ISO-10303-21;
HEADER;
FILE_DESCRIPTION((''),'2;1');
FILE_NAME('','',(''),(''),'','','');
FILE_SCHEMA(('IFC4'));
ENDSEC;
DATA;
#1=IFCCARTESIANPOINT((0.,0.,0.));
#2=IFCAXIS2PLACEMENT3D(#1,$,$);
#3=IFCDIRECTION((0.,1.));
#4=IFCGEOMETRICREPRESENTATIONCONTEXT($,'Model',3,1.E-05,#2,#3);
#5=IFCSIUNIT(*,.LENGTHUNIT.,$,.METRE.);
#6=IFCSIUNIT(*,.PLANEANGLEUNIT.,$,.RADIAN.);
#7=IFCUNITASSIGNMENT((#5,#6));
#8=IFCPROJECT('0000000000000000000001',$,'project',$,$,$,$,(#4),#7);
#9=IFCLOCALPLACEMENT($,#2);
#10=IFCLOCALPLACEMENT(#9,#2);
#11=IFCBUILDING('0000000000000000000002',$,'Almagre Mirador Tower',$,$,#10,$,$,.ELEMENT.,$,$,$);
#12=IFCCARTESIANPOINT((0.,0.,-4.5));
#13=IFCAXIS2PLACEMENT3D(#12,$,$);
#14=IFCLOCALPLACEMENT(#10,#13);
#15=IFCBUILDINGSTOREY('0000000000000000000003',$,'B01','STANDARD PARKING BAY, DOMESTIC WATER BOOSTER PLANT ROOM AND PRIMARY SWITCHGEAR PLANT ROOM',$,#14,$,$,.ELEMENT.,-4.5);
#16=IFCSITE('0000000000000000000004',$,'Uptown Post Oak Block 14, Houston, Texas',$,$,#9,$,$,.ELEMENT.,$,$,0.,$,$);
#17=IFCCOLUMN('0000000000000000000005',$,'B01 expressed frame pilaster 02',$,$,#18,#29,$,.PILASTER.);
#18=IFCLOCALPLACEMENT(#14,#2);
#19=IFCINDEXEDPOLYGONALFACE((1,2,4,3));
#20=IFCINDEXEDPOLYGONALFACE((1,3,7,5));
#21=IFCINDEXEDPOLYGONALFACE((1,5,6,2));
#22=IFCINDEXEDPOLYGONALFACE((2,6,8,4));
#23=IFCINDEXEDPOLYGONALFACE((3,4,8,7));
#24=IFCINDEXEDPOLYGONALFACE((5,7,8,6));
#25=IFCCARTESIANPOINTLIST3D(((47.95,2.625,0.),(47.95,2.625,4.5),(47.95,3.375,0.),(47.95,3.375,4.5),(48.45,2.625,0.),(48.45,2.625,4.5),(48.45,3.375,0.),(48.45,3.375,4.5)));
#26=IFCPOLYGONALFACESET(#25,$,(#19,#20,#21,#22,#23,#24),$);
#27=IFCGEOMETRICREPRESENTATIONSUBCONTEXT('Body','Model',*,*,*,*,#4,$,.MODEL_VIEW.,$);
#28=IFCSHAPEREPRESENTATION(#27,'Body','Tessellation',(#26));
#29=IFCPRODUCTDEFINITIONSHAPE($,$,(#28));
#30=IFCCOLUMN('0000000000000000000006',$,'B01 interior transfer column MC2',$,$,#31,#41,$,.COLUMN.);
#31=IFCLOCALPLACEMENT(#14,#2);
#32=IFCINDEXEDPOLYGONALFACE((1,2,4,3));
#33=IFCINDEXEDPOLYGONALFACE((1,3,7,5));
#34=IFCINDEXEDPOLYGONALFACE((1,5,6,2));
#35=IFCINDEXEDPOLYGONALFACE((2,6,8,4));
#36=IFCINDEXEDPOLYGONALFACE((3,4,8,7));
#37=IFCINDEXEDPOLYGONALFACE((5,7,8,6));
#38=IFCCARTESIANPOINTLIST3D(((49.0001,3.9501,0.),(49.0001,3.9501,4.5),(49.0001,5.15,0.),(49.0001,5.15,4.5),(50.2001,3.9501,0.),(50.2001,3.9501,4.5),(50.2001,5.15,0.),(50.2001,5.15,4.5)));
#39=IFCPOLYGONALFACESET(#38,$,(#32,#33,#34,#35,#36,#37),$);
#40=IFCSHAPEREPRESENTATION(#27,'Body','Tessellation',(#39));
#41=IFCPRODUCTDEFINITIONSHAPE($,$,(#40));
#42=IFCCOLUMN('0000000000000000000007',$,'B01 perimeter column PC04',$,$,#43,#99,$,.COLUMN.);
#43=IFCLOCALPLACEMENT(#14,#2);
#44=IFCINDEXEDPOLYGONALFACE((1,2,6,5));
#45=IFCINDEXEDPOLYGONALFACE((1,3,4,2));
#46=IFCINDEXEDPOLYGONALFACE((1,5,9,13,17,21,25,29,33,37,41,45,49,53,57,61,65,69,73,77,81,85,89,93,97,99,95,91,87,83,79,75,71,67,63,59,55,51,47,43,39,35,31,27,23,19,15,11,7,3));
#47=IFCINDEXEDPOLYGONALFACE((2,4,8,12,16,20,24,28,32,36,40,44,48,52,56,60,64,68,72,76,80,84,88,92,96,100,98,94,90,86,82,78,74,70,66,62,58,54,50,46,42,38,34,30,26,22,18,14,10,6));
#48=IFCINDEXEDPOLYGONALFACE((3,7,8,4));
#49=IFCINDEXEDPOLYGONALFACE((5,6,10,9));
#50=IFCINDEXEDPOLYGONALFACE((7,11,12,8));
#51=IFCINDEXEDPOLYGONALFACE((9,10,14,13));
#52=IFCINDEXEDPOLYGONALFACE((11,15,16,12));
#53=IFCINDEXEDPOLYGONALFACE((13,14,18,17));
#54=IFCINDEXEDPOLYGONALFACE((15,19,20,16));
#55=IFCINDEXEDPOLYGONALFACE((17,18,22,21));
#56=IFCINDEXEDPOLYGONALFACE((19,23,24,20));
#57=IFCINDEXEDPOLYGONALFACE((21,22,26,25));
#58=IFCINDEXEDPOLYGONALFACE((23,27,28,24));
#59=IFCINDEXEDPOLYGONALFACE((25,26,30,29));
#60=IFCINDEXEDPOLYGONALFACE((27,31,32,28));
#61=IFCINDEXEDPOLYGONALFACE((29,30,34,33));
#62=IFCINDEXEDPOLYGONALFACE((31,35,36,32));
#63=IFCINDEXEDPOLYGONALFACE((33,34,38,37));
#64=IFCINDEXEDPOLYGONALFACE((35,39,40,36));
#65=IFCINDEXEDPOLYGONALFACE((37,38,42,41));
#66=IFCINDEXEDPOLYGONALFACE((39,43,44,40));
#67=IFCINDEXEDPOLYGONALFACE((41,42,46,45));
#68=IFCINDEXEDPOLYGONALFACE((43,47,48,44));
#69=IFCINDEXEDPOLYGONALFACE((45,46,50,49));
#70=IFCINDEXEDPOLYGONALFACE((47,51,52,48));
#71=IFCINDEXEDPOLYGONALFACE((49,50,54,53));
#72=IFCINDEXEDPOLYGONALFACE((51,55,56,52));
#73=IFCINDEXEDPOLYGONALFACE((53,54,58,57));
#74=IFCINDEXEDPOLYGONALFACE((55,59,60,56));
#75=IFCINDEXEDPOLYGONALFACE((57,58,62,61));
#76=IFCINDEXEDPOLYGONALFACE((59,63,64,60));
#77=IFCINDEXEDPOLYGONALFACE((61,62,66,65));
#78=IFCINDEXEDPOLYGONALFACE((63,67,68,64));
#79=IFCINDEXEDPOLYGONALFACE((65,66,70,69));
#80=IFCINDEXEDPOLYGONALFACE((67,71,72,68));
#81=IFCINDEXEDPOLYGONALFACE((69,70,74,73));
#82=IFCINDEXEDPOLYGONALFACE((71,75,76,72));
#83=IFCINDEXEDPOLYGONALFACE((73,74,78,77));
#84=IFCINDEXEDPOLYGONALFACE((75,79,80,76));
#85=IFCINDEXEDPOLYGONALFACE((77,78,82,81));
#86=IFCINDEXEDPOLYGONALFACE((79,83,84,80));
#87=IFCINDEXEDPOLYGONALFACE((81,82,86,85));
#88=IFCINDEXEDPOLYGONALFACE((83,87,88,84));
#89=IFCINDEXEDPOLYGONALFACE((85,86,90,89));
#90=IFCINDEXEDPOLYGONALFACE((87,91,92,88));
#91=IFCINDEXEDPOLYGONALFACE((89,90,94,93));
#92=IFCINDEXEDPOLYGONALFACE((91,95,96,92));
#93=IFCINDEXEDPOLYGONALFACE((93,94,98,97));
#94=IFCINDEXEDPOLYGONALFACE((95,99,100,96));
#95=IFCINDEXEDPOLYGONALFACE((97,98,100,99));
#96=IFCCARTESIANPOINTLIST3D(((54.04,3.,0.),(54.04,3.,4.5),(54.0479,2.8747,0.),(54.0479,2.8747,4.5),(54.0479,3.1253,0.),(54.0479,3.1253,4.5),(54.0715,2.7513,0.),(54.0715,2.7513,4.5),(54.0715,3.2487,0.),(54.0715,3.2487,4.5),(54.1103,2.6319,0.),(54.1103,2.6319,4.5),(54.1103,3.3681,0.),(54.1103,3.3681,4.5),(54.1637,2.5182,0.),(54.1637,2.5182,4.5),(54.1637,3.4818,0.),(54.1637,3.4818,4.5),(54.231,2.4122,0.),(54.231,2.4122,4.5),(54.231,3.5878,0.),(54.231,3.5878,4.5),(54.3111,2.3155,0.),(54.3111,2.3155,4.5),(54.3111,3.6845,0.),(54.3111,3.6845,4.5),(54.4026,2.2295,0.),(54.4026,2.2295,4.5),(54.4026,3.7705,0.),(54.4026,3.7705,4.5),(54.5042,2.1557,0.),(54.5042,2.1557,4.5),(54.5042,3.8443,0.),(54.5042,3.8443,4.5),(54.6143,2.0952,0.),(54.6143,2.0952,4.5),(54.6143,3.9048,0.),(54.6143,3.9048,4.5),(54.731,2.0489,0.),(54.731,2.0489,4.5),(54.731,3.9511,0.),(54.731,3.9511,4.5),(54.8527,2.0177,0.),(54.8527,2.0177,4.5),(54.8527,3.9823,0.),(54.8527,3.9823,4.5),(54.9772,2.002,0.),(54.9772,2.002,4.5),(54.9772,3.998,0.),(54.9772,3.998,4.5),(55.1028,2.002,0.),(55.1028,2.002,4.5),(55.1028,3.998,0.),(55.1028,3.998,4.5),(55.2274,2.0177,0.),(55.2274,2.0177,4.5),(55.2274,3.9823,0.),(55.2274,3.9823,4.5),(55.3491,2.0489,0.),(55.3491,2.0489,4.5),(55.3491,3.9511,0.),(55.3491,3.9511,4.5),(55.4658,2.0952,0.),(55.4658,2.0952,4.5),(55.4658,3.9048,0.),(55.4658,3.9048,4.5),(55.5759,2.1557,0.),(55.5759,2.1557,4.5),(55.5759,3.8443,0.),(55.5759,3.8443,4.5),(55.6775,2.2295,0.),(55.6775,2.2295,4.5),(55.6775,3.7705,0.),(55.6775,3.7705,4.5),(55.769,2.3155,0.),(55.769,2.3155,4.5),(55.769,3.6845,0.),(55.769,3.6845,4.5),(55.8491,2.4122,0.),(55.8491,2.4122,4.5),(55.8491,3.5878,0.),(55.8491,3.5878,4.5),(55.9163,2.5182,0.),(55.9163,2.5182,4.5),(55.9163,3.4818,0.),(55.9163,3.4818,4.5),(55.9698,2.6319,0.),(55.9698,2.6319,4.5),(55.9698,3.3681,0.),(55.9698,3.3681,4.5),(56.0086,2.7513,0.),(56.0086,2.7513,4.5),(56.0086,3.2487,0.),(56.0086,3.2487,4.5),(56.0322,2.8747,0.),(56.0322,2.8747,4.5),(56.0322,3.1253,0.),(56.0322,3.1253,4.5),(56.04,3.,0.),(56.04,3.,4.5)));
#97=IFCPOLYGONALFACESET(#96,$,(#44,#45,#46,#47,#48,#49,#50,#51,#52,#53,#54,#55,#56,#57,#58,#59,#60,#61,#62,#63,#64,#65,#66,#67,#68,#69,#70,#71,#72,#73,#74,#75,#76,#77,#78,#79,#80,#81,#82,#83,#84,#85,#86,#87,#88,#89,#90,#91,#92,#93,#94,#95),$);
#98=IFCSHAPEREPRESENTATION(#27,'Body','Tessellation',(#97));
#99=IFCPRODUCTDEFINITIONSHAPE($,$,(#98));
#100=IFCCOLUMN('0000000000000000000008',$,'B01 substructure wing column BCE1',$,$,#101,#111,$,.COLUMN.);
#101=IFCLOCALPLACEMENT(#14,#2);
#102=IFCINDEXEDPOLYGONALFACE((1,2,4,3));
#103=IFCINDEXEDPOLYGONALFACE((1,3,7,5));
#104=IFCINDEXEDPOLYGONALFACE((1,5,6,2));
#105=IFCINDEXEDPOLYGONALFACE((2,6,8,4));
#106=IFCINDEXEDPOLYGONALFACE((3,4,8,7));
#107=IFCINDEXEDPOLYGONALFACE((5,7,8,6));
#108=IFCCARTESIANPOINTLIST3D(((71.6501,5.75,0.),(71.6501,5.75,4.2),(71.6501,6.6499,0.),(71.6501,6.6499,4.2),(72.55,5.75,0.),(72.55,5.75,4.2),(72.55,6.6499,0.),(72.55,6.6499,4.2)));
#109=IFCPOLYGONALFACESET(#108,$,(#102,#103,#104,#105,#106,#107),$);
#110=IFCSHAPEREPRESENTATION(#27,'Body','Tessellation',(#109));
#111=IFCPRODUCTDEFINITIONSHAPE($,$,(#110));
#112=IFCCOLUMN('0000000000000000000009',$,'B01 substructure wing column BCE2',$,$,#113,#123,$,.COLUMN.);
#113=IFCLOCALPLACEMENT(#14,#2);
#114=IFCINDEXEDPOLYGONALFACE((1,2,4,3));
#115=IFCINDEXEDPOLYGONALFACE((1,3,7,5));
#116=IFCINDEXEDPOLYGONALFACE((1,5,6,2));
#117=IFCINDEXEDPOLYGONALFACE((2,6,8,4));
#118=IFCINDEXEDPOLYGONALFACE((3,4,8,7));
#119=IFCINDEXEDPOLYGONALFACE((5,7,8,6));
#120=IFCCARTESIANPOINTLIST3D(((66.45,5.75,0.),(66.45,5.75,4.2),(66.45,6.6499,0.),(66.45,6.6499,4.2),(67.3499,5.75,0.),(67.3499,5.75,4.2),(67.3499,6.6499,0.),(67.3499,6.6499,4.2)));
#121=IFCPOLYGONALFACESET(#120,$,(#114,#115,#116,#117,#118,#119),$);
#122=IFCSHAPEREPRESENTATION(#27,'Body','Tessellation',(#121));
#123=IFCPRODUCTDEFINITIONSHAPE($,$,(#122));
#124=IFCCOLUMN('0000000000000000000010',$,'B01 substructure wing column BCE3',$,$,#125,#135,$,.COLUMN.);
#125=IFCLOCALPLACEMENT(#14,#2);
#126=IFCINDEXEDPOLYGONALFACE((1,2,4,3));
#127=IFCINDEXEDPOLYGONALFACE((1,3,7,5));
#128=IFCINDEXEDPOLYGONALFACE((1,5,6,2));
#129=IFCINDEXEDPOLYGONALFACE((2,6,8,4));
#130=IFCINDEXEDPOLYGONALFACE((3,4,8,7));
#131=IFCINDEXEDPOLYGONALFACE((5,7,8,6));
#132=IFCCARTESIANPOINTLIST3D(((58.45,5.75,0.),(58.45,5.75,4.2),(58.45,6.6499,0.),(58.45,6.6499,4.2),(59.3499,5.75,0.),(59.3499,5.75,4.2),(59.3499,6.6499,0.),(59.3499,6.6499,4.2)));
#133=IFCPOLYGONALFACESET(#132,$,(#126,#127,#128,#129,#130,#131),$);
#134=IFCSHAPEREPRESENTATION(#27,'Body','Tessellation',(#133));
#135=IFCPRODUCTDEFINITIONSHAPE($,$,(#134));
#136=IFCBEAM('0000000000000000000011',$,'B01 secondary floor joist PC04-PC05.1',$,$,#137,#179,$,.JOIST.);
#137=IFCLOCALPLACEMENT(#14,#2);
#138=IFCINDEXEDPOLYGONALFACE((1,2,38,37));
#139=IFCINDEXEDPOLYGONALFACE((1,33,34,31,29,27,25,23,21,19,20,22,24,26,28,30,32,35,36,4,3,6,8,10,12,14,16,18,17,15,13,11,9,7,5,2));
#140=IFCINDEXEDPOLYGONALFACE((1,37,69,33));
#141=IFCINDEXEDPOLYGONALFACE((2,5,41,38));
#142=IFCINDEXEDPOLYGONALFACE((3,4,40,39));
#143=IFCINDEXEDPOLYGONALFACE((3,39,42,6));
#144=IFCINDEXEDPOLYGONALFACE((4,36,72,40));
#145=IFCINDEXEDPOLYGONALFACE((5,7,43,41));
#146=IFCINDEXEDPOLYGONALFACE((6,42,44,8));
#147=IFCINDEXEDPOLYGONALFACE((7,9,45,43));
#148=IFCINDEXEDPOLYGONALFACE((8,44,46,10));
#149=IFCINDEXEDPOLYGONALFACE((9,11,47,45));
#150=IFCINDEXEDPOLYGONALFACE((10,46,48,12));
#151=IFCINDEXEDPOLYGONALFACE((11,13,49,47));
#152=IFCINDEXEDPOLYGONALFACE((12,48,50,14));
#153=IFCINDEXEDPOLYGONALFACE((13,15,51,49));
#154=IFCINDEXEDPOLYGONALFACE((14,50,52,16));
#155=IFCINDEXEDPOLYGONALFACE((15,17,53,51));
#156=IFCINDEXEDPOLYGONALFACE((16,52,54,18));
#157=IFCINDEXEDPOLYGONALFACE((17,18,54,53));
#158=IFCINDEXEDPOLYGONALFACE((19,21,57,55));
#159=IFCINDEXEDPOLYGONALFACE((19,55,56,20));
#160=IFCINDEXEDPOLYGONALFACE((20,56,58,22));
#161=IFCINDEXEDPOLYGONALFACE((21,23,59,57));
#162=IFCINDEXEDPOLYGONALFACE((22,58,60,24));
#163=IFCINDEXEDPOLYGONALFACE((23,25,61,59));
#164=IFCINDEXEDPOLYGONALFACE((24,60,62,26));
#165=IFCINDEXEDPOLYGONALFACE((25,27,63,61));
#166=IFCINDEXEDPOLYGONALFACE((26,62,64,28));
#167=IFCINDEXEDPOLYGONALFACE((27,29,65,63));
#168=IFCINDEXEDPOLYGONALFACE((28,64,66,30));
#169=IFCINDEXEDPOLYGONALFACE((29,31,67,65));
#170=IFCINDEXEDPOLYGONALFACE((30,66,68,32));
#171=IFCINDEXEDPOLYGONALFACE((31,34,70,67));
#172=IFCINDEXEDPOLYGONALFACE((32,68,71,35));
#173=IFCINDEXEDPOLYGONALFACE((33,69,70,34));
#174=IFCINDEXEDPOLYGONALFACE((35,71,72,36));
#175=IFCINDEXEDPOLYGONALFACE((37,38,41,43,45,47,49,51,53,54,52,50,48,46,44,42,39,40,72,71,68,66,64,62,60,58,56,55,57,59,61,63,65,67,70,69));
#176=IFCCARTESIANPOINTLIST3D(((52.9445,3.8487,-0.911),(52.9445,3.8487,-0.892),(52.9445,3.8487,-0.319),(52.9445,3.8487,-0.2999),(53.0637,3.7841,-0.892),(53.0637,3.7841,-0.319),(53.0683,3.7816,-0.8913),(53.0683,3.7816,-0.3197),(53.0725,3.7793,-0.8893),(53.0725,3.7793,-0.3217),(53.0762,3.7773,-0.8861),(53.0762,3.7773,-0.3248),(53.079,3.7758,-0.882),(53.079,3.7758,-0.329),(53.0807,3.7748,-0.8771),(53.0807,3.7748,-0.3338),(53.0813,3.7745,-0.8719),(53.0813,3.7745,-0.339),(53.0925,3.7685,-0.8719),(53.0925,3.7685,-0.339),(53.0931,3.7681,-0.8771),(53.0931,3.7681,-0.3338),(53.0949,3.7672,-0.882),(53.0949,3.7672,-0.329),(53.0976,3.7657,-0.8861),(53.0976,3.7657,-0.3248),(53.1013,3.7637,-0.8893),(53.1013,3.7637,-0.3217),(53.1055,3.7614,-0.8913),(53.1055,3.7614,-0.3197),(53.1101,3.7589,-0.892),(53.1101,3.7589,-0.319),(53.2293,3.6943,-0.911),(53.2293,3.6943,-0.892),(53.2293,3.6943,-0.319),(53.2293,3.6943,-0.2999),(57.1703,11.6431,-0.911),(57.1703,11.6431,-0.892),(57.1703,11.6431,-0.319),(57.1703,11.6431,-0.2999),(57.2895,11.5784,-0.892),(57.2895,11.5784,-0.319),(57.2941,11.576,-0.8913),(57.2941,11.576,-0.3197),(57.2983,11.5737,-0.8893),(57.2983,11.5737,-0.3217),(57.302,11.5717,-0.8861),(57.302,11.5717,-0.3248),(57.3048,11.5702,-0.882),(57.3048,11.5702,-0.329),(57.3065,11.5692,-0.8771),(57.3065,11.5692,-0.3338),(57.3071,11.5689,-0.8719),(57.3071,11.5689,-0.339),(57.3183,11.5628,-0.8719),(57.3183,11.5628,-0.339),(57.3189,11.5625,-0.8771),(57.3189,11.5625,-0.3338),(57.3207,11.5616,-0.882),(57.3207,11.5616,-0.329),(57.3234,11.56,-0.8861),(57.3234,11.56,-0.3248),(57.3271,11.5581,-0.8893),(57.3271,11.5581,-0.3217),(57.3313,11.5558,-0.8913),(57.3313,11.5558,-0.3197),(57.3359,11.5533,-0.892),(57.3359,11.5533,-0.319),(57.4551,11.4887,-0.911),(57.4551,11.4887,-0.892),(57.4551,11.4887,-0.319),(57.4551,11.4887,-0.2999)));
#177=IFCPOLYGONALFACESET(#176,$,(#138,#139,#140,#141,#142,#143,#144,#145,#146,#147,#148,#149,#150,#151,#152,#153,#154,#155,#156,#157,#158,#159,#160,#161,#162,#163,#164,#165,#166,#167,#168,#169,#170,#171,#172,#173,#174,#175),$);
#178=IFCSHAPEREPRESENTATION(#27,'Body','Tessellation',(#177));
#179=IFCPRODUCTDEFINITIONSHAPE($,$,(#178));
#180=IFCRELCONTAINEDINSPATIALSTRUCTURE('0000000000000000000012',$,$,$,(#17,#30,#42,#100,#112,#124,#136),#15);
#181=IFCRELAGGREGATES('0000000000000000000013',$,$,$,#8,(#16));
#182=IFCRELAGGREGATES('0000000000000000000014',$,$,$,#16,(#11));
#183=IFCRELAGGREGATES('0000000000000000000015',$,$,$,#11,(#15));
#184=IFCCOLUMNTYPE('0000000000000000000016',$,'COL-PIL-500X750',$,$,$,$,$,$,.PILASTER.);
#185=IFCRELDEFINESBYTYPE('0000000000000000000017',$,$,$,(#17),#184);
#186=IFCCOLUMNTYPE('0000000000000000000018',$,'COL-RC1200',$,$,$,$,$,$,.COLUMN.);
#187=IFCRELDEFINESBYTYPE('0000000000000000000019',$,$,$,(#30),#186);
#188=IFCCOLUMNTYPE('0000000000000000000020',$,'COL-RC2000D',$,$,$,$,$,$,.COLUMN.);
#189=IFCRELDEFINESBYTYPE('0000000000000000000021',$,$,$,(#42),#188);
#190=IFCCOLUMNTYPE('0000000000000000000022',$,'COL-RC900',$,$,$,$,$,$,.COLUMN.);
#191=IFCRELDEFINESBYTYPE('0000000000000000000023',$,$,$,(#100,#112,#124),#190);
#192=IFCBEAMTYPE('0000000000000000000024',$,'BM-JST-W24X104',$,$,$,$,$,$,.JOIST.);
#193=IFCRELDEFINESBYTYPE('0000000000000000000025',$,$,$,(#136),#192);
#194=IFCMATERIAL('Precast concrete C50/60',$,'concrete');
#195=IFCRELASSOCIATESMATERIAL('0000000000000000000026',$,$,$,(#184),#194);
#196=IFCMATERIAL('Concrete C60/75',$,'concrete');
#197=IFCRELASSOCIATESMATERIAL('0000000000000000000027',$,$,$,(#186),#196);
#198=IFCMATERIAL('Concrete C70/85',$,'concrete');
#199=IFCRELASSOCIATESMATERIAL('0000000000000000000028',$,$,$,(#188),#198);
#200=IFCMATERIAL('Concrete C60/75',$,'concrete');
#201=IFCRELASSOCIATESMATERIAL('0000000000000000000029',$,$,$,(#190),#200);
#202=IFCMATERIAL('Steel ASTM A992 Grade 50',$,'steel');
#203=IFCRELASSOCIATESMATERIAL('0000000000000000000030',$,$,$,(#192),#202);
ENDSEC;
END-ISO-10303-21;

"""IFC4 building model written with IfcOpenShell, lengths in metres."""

from ifc_helpers import new_model, si_unit, direction, frame, origin, origin_2d, place, context, subcontext, project, spatial, rectangle, circle, i_section, extrude, material, material_profile, profile_set, type_object, element, save


model = new_model("IFC4")

# Units and contexts
model_context = context("Model", 3, precision=1e-05, world=origin(), true_north=direction((0.0, 1.0)))
body_context = subcontext(model_context, "Body", "Model", "MODEL_VIEW")
ifc_project = project(units=[si_unit("LENGTHUNIT", "METRE"), si_unit("PLANEANGLEUNIT", "RADIAN")], contexts=[model_context])

# Site, building, storey
site_placement = place(None, origin())
site = spatial("IfcSite", under=ifc_project, at=site_placement, Name="Uptown Post Oak Block 14, Houston, Texas", CompositionType="ELEMENT", RefElevation=0.0)
building_placement = place(site_placement, origin())
building = spatial("IfcBuilding", under=site, at=building_placement, Name="Almagre Mirador Tower", CompositionType="ELEMENT")
storey_placement = place(building_placement, frame((0.0, 0.0, -4.5)))
storey = spatial("IfcBuildingStorey", under=building, at=storey_placement, Name="B01", Description="STANDARD PARKING BAY, DOMESTIC WATER BOOSTER PLANT ROOM AND PRIMARY SWITCHGEAR PLANT ROOM", CompositionType="ELEMENT", Elevation=-4.5)

# Columns
ifc_material_1 = material(Name="Precast concrete C50/60", Category="concrete")
ifc_material_profile_1 = material_profile(ifc_material_1, rectangle(XDim=0.5, YDim=0.75, at=origin_2d()), Name="RC500X750")
ifc_profile_set_1 = profile_set([ifc_material_profile_1], Name="Precast concrete C50/60")
column_type_1 = type_object("IfcColumnType", Name="COL-PIL-500X750", PredefinedType="PILASTER", material=ifc_profile_set_1)
column_1_placement = place(storey_placement, frame((48.2, 3.0, 0.0), z_axis=(0.0, 0.0, 1.0), x_axis=(1.0, 0.0, 0.0)))
element("IfcColumn", 1, at=column_1_placement, inside=storey, type_object=column_type_1, Name="B01 expressed frame pilaster 02", PredefinedType="PILASTER", context=body_context, shape_type="SweptSolid", body=[
    extrude(rectangle(XDim=0.5, YDim=0.75, at=origin_2d()), origin(), (0.0, 0.0, 1.0), 4.5),
])
ifc_material_2 = material(Name="Concrete C60/75", Category="concrete")
ifc_material_profile_2 = material_profile(ifc_material_2, rectangle(XDim=1.2, YDim=1.2, at=origin_2d()), Name="RC1200X1200")
ifc_profile_set_2 = profile_set([ifc_material_profile_2], Name="Concrete C60/75")
column_type_2 = type_object("IfcColumnType", Name="COL-RC1200", PredefinedType="COLUMN", material=ifc_profile_set_2)
column_2_placement = place(storey_placement, frame((49.6001, 4.55, 0.0), z_axis=(0.0, 0.0, 1.0), x_axis=(1.0, 0.0, 0.0)))
element("IfcColumn", 2, at=column_2_placement, inside=storey, type_object=column_type_2, Name="B01 interior transfer column MC2", PredefinedType="COLUMN", context=body_context, shape_type="SweptSolid", body=[
    extrude(rectangle(XDim=1.2, YDim=1.2, at=origin_2d()), origin(), (0.0, 0.0, 1.0), 4.5),
])
ifc_material_3 = material(Name="Concrete C70/85", Category="concrete")
ifc_material_profile_3 = material_profile(ifc_material_3, circle(Radius=1.0, at=origin_2d()), Name="RC2000D")
ifc_profile_set_3 = profile_set([ifc_material_profile_3], Name="Concrete C70/85")
column_type_3 = type_object("IfcColumnType", Name="COL-RC2000D", PredefinedType="COLUMN", material=ifc_profile_set_3)
column_3_placement = place(storey_placement, frame((55.04, 3.0, 0.0), z_axis=(0.0, 0.0, 1.0), x_axis=(1.0, 0.0, 0.0)))
element("IfcColumn", 3, at=column_3_placement, inside=storey, type_object=column_type_3, Name="B01 perimeter column PC04", PredefinedType="COLUMN", context=body_context, shape_type="SweptSolid", body=[
    extrude(circle(Radius=1.0, at=origin_2d()), origin(), (0.0, 0.0, 1.0), 4.5),
])
ifc_material_4 = material(Name="Concrete C60/75", Category="concrete")
ifc_material_profile_4 = material_profile(ifc_material_4, rectangle(XDim=0.8999, YDim=0.8999, at=origin_2d()), Name="RC900X900")
ifc_profile_set_4 = profile_set([ifc_material_profile_4], Name="Concrete C60/75")
column_type_4 = type_object("IfcColumnType", Name="COL-RC900", PredefinedType="COLUMN", material=ifc_profile_set_4)
for number, where, z_axis, x_axis, name in (
    (4, (72.1001, 6.2, 0.0), (0.0, 0.0, 1.0), (1.0, 0.0, 0.0), "B01 substructure wing column BCE1"),
    (5, (66.8999, 6.2, 0.0), (0.0, 0.0, 1.0), (1.0, 0.0, 0.0), "B01 substructure wing column BCE2"),
    (6, (58.8999, 6.2, 0.0), (0.0, 0.0, 1.0), (1.0, 0.0, 0.0), "B01 substructure wing column BCE3"),
):
    element("IfcColumn", number, at=place(storey_placement, frame(where, z_axis=z_axis, x_axis=x_axis)), inside=storey, type_object=column_type_4, Name=name, PredefinedType="COLUMN", context=body_context, shape_type="SweptSolid", body=[
        extrude(rectangle(XDim=0.8999, YDim=0.8999, at=origin_2d()), origin(), (0.0, 0.0, 1.0), 4.2),
    ])

# Beam
ifc_material_5 = material(Name="Steel ASTM A992 Grade 50", Category="steel")
ifc_material_profile_5 = material_profile(ifc_material_5, i_section(OverallWidth=0.324, OverallDepth=0.6111, WebThickness=0.0127, FlangeThickness=0.019, FilletRadius=0.02, at=origin_2d()), Name="W24X104")
ifc_profile_set_5 = profile_set([ifc_material_profile_5], Name="Steel ASTM A992 Grade 50")
beam_type_1 = type_object("IfcBeamType", Name="BM-JST-W24X104", PredefinedType="JOIST", material=ifc_profile_set_5)
beam_1_placement = place(storey_placement, frame((53.0869, 3.7715, -0.6055), z_axis=(0.476618, 0.87911, 0.0), x_axis=(-0.87911, 0.476618, 0.0)))
element("IfcBeam", 7, at=beam_1_placement, inside=storey, type_object=beam_type_1, Name="B01 secondary floor joist PC04-PC05.1", PredefinedType="JOIST", context=body_context, shape_type="SweptSolid", body=[
    extrude(i_section(OverallWidth=0.324, OverallDepth=0.6111, WebThickness=0.0127, FlangeThickness=0.019, FilletRadius=0.02, at=origin_2d()), origin(), (0.0, 0.0, 1.0), 8.8662),
])

save(model, "model.ifc")
